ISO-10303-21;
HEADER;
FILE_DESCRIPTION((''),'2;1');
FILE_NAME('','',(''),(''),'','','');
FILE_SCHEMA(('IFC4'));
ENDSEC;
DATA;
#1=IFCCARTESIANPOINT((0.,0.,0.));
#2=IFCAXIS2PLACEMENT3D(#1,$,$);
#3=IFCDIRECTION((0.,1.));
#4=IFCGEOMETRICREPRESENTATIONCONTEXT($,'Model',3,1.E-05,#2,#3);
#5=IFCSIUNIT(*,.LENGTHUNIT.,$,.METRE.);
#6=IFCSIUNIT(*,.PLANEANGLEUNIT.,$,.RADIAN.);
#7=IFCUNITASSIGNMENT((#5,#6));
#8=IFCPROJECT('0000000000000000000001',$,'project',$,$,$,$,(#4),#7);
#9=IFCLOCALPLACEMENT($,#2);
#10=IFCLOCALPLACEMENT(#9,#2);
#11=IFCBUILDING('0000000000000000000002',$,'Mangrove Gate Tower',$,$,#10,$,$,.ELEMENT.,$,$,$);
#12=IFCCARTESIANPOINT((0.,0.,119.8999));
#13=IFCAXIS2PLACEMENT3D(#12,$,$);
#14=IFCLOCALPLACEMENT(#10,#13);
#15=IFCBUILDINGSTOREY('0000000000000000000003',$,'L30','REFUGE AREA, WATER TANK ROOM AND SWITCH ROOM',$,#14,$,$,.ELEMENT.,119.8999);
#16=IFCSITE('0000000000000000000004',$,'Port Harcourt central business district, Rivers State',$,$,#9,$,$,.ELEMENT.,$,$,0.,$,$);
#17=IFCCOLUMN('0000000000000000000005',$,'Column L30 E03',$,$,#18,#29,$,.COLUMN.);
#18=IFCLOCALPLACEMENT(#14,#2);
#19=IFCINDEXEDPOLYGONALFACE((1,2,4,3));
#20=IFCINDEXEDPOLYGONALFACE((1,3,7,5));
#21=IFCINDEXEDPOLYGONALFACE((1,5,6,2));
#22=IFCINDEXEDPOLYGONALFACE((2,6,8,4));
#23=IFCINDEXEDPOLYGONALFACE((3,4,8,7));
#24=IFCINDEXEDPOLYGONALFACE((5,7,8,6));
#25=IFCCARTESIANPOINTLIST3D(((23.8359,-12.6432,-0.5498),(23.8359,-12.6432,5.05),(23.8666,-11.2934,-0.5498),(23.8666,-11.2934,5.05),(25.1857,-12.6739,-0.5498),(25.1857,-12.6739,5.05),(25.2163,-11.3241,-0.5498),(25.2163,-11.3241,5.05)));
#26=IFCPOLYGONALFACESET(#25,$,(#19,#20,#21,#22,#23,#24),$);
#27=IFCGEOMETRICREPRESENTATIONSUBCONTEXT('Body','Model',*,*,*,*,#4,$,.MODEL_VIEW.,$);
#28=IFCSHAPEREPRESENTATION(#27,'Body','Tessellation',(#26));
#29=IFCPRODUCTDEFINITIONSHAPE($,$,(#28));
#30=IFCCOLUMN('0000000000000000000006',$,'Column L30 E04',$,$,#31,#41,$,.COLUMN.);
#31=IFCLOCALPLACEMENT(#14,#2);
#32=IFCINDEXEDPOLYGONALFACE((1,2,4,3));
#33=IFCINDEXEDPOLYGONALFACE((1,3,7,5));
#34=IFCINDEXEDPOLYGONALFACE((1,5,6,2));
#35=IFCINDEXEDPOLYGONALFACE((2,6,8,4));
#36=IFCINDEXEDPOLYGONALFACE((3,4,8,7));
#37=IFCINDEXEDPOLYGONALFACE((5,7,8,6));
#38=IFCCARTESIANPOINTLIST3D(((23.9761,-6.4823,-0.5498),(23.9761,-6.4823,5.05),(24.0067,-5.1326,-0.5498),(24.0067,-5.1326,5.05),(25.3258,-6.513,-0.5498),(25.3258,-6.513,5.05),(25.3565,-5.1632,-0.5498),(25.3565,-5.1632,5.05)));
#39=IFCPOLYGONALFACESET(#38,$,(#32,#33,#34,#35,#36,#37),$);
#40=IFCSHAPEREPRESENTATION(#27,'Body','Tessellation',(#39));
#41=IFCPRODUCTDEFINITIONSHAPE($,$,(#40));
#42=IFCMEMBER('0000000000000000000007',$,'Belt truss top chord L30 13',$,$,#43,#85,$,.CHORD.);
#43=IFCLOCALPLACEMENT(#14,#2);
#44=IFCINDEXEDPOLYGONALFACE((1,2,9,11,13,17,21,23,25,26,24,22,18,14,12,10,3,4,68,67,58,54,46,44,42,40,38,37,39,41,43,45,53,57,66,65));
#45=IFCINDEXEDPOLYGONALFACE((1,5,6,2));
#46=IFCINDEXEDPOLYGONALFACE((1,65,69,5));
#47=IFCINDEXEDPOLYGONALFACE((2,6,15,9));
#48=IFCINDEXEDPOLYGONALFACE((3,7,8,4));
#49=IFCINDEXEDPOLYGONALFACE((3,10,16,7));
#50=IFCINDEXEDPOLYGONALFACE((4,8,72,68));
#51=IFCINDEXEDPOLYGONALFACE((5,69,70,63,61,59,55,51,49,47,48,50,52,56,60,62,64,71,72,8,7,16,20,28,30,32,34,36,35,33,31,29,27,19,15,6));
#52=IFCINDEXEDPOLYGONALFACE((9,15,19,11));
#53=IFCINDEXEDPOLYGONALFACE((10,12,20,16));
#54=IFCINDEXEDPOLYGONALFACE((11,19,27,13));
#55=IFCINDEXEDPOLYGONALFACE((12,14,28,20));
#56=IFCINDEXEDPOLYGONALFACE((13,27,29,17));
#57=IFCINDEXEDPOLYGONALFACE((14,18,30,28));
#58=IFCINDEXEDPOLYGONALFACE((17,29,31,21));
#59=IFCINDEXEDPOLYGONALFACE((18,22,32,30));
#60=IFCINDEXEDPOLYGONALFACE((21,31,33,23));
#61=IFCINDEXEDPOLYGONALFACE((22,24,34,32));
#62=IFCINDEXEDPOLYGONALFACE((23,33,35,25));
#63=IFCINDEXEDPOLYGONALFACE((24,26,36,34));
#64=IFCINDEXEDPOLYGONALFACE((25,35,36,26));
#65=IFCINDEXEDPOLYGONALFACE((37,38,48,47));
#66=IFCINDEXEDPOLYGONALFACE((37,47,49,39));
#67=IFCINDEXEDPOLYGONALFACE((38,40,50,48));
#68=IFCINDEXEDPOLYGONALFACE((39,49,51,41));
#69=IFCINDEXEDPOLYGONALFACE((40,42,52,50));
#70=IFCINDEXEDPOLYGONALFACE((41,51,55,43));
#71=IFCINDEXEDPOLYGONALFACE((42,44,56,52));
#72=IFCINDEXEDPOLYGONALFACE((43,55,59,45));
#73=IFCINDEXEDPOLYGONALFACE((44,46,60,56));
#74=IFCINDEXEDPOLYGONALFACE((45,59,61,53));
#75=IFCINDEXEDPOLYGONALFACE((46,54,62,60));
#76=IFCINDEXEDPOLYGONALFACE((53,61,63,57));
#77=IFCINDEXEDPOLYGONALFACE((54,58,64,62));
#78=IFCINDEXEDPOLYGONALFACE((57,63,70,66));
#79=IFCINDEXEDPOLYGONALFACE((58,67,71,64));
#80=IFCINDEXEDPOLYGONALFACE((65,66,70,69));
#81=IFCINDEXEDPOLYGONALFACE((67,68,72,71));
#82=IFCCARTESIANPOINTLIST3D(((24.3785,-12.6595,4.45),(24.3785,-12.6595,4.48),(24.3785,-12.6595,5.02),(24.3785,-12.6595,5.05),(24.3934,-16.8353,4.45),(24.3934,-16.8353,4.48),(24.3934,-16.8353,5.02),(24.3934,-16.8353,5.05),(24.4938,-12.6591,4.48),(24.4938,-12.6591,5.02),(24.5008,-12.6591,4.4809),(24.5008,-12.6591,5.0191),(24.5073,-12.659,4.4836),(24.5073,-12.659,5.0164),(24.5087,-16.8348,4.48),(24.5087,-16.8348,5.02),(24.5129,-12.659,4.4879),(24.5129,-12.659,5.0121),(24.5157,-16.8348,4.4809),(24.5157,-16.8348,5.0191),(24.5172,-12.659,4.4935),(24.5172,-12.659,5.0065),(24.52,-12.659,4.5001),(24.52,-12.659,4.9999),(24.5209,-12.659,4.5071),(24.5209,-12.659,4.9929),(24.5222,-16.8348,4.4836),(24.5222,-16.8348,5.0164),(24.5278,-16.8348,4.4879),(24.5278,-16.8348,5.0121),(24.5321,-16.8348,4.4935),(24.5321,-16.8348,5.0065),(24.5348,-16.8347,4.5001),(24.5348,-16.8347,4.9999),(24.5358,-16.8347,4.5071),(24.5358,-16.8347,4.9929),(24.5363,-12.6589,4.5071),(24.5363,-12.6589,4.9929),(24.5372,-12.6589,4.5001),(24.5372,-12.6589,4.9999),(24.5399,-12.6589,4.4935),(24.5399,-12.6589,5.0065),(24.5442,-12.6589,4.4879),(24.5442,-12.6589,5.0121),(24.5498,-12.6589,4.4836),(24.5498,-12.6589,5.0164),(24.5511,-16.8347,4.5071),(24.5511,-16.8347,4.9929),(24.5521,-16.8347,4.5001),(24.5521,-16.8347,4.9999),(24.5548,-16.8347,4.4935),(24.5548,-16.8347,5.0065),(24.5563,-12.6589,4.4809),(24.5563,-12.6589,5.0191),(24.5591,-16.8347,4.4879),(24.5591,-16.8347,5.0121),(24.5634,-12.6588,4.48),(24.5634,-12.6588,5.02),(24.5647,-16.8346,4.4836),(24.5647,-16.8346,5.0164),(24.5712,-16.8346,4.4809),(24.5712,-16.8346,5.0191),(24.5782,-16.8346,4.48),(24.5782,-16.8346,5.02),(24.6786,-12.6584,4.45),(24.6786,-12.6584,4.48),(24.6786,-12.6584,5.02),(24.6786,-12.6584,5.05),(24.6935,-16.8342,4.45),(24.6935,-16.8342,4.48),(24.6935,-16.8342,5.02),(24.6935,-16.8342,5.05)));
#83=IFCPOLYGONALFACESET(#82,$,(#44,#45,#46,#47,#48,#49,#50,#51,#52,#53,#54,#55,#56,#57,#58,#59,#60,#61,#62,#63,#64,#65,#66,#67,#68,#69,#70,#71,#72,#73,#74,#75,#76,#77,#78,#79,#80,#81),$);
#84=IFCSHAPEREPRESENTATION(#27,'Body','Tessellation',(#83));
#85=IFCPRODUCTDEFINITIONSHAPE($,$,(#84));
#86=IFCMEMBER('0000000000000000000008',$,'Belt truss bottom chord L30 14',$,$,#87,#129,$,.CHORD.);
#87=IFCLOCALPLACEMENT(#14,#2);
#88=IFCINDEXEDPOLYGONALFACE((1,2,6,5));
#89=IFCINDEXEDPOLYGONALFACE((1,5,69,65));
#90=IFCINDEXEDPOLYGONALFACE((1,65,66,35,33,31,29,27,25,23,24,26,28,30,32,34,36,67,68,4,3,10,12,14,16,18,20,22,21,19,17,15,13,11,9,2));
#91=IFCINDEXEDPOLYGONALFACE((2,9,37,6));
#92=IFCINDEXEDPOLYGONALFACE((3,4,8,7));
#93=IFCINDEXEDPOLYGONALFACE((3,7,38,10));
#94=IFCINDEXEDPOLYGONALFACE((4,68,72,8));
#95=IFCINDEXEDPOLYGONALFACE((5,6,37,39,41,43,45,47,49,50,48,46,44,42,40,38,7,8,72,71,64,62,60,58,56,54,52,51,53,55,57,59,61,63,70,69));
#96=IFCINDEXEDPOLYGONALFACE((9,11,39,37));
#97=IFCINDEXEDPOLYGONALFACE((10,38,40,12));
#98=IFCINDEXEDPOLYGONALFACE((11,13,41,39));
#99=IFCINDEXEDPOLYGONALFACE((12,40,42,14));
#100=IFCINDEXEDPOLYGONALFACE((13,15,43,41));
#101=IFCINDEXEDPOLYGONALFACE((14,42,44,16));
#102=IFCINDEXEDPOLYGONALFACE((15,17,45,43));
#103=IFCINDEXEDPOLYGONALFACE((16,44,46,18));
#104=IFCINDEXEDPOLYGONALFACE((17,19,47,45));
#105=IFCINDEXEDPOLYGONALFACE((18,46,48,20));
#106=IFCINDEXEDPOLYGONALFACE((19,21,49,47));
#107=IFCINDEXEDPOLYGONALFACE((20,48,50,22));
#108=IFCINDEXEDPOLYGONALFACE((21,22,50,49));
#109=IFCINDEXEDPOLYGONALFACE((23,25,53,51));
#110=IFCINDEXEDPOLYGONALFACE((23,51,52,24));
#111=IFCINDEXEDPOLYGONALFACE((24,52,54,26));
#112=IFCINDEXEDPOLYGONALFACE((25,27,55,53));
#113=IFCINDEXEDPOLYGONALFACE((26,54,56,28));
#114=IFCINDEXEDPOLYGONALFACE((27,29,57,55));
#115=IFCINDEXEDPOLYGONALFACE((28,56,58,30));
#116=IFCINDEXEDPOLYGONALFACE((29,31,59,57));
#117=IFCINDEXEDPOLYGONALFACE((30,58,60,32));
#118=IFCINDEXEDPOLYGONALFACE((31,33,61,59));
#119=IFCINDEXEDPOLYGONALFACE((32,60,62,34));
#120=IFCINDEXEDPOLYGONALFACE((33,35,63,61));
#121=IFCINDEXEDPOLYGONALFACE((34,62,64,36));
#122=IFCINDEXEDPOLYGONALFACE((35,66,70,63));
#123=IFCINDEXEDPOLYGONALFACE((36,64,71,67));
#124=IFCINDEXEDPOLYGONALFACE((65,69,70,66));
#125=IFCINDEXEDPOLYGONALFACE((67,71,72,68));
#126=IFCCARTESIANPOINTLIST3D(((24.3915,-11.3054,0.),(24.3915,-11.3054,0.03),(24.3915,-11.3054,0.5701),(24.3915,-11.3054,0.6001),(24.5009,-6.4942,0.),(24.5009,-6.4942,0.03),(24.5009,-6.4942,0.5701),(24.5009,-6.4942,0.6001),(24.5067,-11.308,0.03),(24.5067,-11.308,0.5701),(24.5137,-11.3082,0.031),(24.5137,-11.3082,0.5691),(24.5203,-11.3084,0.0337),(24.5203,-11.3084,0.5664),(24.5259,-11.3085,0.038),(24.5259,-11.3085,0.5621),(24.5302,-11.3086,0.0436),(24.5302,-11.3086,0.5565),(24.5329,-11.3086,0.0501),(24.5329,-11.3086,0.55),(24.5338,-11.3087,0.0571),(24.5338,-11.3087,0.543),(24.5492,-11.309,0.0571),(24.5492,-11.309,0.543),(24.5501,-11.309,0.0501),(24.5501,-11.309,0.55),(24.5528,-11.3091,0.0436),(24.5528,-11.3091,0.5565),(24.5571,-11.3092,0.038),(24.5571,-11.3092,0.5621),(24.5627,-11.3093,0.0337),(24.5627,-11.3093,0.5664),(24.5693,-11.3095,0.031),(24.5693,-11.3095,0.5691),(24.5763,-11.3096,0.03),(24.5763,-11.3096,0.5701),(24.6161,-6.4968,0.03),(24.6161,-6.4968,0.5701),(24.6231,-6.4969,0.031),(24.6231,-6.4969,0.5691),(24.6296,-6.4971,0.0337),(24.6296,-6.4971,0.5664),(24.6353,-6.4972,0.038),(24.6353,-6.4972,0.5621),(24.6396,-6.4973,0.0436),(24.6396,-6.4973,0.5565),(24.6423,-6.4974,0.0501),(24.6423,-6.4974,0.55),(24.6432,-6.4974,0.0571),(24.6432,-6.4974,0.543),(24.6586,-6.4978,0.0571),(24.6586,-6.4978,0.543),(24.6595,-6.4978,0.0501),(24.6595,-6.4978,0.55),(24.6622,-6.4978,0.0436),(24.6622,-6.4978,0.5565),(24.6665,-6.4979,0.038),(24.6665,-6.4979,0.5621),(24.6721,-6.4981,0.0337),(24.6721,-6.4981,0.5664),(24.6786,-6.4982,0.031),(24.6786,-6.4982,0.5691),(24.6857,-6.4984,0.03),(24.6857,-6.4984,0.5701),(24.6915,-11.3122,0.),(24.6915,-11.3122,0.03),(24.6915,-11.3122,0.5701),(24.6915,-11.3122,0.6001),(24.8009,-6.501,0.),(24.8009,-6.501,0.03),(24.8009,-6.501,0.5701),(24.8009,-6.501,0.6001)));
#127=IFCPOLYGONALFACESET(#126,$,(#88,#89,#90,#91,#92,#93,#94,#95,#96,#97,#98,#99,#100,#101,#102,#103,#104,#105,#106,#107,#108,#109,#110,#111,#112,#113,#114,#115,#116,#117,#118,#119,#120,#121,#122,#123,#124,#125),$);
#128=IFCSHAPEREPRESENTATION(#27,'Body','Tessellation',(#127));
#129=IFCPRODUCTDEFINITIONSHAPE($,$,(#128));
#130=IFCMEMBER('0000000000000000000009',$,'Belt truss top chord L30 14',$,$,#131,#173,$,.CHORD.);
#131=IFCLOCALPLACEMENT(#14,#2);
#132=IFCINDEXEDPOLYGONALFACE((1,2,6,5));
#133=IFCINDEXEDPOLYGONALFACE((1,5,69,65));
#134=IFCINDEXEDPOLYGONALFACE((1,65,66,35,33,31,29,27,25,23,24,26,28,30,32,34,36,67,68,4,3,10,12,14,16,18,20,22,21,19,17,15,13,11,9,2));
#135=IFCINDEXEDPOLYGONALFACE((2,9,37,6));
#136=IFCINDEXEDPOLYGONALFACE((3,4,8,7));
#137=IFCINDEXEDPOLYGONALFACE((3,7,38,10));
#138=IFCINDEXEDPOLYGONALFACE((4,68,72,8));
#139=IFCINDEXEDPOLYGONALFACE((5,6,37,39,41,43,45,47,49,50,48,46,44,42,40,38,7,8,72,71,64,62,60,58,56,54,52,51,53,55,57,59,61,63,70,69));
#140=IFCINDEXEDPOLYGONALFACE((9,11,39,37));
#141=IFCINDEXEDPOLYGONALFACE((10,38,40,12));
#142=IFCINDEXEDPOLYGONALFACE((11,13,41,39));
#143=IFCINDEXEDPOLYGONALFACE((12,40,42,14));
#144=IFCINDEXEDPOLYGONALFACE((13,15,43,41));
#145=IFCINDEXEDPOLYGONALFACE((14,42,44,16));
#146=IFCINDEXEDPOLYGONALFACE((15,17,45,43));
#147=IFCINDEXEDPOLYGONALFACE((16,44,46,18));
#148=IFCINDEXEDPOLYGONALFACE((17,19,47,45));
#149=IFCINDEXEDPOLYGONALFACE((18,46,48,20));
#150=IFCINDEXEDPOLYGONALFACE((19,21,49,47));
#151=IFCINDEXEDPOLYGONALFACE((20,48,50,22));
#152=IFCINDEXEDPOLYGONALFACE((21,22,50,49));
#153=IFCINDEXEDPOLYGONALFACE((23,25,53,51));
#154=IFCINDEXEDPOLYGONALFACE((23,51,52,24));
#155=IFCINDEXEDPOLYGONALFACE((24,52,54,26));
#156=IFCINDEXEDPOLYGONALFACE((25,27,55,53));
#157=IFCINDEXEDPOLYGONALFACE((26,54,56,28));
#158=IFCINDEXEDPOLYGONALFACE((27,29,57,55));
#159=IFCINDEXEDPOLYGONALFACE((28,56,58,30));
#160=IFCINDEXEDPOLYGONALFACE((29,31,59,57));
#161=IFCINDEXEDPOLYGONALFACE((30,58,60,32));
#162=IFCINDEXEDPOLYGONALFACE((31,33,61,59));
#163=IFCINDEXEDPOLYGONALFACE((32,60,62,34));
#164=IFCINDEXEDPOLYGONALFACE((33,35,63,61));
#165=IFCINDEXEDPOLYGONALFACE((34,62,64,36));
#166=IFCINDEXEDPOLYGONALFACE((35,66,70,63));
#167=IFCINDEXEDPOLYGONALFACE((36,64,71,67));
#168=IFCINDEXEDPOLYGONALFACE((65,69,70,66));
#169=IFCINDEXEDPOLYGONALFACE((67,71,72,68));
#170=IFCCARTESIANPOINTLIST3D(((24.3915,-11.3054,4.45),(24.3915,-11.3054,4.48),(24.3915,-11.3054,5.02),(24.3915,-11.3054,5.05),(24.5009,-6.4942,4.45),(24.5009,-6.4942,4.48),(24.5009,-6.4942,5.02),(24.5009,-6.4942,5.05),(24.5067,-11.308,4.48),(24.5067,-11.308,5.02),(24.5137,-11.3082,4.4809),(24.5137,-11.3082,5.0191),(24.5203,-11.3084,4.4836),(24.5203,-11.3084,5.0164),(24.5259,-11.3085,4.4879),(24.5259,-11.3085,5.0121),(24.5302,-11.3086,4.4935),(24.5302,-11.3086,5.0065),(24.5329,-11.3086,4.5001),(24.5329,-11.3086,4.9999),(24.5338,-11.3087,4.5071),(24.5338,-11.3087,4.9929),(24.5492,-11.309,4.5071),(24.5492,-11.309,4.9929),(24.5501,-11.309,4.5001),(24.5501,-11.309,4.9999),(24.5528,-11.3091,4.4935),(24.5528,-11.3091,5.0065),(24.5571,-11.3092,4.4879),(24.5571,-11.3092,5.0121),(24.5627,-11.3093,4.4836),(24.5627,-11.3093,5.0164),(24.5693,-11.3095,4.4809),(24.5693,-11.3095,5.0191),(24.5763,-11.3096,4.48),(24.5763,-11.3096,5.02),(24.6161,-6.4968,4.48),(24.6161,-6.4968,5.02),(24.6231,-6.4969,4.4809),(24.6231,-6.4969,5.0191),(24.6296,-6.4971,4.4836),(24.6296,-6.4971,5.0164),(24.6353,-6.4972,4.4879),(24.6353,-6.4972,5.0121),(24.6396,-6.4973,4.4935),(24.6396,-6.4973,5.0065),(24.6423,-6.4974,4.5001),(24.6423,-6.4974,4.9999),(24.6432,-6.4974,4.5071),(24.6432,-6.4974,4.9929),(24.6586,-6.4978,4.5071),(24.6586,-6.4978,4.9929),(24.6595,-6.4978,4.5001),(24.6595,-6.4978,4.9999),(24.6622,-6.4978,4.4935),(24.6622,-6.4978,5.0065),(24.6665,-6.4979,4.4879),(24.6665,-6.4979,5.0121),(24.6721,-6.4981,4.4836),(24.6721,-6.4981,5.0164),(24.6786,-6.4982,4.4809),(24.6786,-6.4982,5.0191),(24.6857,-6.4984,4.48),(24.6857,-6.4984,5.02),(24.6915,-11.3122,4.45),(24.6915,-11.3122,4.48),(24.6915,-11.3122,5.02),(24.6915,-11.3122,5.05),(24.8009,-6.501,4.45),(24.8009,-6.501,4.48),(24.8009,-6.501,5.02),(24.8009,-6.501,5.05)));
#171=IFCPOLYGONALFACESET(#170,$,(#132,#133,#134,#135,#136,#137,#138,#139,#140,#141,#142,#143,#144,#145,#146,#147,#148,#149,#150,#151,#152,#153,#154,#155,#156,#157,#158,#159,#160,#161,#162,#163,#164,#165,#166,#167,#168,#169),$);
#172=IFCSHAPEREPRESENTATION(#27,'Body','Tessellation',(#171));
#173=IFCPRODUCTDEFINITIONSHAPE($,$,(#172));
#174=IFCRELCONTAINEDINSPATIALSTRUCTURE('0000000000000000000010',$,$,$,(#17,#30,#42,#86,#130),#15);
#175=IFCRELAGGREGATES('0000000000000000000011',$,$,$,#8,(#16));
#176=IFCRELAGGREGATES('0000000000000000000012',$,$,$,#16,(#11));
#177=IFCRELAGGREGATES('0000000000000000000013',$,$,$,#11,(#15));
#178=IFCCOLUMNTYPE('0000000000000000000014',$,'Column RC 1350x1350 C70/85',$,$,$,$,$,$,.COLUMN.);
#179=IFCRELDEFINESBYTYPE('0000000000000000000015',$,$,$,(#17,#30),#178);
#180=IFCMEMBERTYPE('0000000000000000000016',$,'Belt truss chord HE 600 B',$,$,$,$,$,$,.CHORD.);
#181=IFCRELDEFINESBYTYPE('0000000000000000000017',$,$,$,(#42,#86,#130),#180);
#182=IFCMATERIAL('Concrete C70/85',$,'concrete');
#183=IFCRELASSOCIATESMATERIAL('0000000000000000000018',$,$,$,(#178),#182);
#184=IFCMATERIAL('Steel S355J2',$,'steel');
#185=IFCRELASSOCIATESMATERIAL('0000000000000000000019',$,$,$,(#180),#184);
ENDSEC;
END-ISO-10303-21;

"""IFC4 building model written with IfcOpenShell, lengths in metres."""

from ifc_helpers import new_model, si_unit, direction, frame, origin, origin_2d, place, context, subcontext, project, spatial, rectangle, i_section, extrude, material, material_profile, profile_set, type_object, element, save


model = new_model("IFC4")

# Units and contexts
model_context = context("Model", 3, precision=1e-05, world=origin(), true_north=direction((0.0, 1.0)))
body_context = subcontext(model_context, "Body", "Model", "MODEL_VIEW")
ifc_project = project(units=[si_unit("LENGTHUNIT", "METRE"), si_unit("PLANEANGLEUNIT", "RADIAN")], contexts=[model_context])

# Site, building, storey
site_placement = place(None, origin())
site = spatial("IfcSite", under=ifc_project, at=site_placement, Name="Port Harcourt central business district, Rivers State", CompositionType="ELEMENT", RefElevation=0.0)
building_placement = place(site_placement, origin())
building = spatial("IfcBuilding", under=site, at=building_placement, Name="Mangrove Gate Tower", CompositionType="ELEMENT")
storey_placement = place(building_placement, frame((0.0, 0.0, 119.8999)))
storey = spatial("IfcBuildingStorey", under=building, at=storey_placement, Name="L30", Description="REFUGE AREA, WATER TANK ROOM AND SWITCH ROOM", CompositionType="ELEMENT", Elevation=119.8999)

# Columns
ifc_material_1 = material(Name="Concrete C70/85", Category="concrete")
ifc_material_profile_1 = material_profile(ifc_material_1, rectangle(XDim=1.3501, YDim=1.3501, at=origin_2d()))
ifc_profile_set_1 = profile_set([ifc_material_profile_1], Name="Concrete C70/85")
column_type = type_object("IfcColumnType", Name="Column RC 1350x1350 C70/85", PredefinedType="COLUMN", material=ifc_profile_set_1)
for number, where, z_axis, x_axis, name in (
    (1, (24.5261, -11.9836, -0.5498), (0.0, 0.0, 1.0), (0.022718, 0.999742, 0.0), "Column L30 E03"),
    (2, (24.6663, -5.8228, -0.5498), (0.0, 0.0, 1.0), (0.022699, 0.999742, 0.0), "Column L30 E04"),
):
    element("IfcColumn", number, at=place(storey_placement, frame(where, z_axis=z_axis, x_axis=x_axis)), inside=storey, type_object=column_type, Name=name, PredefinedType="COLUMN", context=body_context, shape_type="SweptSolid", body=[
        extrude(rectangle(XDim=1.3501, YDim=1.3501, at=origin_2d()), origin(), (0.0, 0.0, 1.0), 5.5999),
    ])

# Members
ifc_material_2 = material(Name="Steel S355J2", Category="steel")
ifc_material_profile_2 = material_profile(ifc_material_2, i_section(OverallWidth=0.3, OverallDepth=0.6001, WebThickness=0.0154, FlangeThickness=0.03, FilletRadius=0.0271, at=origin_2d()))
ifc_profile_set_2 = profile_set([ifc_material_profile_2], Name="Steel S355J2")
member_type_1 = type_object("IfcMemberType", Name="Belt truss chord HE 600 B", PredefinedType="CHORD", material=ifc_profile_set_2)
member_placement = place(storey_placement, frame((24.5435, -16.8347, 4.75), z_axis=(-0.003566, 0.999994, 0.0), x_axis=(-0.999994, -0.003566, 0.0)))
element("IfcMember", 3, at=member_placement, inside=storey, type_object=member_type_1, Name="Belt truss top chord L30 13", PredefinedType="CHORD", context=body_context, shape_type="SweptSolid", body=[
    extrude(i_section(OverallWidth=0.3, OverallDepth=0.6001, WebThickness=0.0154, FlangeThickness=0.03, FilletRadius=0.0271, at=origin_2d()), origin(), (0.0, 0.0, 1.0), 4.1758),
])
for number, where, z_axis, x_axis, name in (
    (4, (24.5415, -11.3088, 0.3), (0.022727, 0.999742, 0.0), (-0.999742, 0.022727, 0.0), "Belt truss bottom chord L30 14"),
    (5, (24.5415, -11.3088, 4.75), (0.022727, 0.999742, 0.0), (-0.999742, 0.022727, 0.0), "Belt truss top chord L30 14"),
):
    element("IfcMember", number, at=place(storey_placement, frame(where, z_axis=z_axis, x_axis=x_axis)), inside=storey, type_object=member_type_1, Name=name, PredefinedType="CHORD", context=body_context, shape_type="SweptSolid", body=[
        extrude(i_section(OverallWidth=0.3, OverallDepth=0.6001, WebThickness=0.0154, FlangeThickness=0.03, FilletRadius=0.0271, at=origin_2d()), origin(), (0.0, 0.0, 1.0), 4.8125),
    ])

save(model, "model.ifc")
